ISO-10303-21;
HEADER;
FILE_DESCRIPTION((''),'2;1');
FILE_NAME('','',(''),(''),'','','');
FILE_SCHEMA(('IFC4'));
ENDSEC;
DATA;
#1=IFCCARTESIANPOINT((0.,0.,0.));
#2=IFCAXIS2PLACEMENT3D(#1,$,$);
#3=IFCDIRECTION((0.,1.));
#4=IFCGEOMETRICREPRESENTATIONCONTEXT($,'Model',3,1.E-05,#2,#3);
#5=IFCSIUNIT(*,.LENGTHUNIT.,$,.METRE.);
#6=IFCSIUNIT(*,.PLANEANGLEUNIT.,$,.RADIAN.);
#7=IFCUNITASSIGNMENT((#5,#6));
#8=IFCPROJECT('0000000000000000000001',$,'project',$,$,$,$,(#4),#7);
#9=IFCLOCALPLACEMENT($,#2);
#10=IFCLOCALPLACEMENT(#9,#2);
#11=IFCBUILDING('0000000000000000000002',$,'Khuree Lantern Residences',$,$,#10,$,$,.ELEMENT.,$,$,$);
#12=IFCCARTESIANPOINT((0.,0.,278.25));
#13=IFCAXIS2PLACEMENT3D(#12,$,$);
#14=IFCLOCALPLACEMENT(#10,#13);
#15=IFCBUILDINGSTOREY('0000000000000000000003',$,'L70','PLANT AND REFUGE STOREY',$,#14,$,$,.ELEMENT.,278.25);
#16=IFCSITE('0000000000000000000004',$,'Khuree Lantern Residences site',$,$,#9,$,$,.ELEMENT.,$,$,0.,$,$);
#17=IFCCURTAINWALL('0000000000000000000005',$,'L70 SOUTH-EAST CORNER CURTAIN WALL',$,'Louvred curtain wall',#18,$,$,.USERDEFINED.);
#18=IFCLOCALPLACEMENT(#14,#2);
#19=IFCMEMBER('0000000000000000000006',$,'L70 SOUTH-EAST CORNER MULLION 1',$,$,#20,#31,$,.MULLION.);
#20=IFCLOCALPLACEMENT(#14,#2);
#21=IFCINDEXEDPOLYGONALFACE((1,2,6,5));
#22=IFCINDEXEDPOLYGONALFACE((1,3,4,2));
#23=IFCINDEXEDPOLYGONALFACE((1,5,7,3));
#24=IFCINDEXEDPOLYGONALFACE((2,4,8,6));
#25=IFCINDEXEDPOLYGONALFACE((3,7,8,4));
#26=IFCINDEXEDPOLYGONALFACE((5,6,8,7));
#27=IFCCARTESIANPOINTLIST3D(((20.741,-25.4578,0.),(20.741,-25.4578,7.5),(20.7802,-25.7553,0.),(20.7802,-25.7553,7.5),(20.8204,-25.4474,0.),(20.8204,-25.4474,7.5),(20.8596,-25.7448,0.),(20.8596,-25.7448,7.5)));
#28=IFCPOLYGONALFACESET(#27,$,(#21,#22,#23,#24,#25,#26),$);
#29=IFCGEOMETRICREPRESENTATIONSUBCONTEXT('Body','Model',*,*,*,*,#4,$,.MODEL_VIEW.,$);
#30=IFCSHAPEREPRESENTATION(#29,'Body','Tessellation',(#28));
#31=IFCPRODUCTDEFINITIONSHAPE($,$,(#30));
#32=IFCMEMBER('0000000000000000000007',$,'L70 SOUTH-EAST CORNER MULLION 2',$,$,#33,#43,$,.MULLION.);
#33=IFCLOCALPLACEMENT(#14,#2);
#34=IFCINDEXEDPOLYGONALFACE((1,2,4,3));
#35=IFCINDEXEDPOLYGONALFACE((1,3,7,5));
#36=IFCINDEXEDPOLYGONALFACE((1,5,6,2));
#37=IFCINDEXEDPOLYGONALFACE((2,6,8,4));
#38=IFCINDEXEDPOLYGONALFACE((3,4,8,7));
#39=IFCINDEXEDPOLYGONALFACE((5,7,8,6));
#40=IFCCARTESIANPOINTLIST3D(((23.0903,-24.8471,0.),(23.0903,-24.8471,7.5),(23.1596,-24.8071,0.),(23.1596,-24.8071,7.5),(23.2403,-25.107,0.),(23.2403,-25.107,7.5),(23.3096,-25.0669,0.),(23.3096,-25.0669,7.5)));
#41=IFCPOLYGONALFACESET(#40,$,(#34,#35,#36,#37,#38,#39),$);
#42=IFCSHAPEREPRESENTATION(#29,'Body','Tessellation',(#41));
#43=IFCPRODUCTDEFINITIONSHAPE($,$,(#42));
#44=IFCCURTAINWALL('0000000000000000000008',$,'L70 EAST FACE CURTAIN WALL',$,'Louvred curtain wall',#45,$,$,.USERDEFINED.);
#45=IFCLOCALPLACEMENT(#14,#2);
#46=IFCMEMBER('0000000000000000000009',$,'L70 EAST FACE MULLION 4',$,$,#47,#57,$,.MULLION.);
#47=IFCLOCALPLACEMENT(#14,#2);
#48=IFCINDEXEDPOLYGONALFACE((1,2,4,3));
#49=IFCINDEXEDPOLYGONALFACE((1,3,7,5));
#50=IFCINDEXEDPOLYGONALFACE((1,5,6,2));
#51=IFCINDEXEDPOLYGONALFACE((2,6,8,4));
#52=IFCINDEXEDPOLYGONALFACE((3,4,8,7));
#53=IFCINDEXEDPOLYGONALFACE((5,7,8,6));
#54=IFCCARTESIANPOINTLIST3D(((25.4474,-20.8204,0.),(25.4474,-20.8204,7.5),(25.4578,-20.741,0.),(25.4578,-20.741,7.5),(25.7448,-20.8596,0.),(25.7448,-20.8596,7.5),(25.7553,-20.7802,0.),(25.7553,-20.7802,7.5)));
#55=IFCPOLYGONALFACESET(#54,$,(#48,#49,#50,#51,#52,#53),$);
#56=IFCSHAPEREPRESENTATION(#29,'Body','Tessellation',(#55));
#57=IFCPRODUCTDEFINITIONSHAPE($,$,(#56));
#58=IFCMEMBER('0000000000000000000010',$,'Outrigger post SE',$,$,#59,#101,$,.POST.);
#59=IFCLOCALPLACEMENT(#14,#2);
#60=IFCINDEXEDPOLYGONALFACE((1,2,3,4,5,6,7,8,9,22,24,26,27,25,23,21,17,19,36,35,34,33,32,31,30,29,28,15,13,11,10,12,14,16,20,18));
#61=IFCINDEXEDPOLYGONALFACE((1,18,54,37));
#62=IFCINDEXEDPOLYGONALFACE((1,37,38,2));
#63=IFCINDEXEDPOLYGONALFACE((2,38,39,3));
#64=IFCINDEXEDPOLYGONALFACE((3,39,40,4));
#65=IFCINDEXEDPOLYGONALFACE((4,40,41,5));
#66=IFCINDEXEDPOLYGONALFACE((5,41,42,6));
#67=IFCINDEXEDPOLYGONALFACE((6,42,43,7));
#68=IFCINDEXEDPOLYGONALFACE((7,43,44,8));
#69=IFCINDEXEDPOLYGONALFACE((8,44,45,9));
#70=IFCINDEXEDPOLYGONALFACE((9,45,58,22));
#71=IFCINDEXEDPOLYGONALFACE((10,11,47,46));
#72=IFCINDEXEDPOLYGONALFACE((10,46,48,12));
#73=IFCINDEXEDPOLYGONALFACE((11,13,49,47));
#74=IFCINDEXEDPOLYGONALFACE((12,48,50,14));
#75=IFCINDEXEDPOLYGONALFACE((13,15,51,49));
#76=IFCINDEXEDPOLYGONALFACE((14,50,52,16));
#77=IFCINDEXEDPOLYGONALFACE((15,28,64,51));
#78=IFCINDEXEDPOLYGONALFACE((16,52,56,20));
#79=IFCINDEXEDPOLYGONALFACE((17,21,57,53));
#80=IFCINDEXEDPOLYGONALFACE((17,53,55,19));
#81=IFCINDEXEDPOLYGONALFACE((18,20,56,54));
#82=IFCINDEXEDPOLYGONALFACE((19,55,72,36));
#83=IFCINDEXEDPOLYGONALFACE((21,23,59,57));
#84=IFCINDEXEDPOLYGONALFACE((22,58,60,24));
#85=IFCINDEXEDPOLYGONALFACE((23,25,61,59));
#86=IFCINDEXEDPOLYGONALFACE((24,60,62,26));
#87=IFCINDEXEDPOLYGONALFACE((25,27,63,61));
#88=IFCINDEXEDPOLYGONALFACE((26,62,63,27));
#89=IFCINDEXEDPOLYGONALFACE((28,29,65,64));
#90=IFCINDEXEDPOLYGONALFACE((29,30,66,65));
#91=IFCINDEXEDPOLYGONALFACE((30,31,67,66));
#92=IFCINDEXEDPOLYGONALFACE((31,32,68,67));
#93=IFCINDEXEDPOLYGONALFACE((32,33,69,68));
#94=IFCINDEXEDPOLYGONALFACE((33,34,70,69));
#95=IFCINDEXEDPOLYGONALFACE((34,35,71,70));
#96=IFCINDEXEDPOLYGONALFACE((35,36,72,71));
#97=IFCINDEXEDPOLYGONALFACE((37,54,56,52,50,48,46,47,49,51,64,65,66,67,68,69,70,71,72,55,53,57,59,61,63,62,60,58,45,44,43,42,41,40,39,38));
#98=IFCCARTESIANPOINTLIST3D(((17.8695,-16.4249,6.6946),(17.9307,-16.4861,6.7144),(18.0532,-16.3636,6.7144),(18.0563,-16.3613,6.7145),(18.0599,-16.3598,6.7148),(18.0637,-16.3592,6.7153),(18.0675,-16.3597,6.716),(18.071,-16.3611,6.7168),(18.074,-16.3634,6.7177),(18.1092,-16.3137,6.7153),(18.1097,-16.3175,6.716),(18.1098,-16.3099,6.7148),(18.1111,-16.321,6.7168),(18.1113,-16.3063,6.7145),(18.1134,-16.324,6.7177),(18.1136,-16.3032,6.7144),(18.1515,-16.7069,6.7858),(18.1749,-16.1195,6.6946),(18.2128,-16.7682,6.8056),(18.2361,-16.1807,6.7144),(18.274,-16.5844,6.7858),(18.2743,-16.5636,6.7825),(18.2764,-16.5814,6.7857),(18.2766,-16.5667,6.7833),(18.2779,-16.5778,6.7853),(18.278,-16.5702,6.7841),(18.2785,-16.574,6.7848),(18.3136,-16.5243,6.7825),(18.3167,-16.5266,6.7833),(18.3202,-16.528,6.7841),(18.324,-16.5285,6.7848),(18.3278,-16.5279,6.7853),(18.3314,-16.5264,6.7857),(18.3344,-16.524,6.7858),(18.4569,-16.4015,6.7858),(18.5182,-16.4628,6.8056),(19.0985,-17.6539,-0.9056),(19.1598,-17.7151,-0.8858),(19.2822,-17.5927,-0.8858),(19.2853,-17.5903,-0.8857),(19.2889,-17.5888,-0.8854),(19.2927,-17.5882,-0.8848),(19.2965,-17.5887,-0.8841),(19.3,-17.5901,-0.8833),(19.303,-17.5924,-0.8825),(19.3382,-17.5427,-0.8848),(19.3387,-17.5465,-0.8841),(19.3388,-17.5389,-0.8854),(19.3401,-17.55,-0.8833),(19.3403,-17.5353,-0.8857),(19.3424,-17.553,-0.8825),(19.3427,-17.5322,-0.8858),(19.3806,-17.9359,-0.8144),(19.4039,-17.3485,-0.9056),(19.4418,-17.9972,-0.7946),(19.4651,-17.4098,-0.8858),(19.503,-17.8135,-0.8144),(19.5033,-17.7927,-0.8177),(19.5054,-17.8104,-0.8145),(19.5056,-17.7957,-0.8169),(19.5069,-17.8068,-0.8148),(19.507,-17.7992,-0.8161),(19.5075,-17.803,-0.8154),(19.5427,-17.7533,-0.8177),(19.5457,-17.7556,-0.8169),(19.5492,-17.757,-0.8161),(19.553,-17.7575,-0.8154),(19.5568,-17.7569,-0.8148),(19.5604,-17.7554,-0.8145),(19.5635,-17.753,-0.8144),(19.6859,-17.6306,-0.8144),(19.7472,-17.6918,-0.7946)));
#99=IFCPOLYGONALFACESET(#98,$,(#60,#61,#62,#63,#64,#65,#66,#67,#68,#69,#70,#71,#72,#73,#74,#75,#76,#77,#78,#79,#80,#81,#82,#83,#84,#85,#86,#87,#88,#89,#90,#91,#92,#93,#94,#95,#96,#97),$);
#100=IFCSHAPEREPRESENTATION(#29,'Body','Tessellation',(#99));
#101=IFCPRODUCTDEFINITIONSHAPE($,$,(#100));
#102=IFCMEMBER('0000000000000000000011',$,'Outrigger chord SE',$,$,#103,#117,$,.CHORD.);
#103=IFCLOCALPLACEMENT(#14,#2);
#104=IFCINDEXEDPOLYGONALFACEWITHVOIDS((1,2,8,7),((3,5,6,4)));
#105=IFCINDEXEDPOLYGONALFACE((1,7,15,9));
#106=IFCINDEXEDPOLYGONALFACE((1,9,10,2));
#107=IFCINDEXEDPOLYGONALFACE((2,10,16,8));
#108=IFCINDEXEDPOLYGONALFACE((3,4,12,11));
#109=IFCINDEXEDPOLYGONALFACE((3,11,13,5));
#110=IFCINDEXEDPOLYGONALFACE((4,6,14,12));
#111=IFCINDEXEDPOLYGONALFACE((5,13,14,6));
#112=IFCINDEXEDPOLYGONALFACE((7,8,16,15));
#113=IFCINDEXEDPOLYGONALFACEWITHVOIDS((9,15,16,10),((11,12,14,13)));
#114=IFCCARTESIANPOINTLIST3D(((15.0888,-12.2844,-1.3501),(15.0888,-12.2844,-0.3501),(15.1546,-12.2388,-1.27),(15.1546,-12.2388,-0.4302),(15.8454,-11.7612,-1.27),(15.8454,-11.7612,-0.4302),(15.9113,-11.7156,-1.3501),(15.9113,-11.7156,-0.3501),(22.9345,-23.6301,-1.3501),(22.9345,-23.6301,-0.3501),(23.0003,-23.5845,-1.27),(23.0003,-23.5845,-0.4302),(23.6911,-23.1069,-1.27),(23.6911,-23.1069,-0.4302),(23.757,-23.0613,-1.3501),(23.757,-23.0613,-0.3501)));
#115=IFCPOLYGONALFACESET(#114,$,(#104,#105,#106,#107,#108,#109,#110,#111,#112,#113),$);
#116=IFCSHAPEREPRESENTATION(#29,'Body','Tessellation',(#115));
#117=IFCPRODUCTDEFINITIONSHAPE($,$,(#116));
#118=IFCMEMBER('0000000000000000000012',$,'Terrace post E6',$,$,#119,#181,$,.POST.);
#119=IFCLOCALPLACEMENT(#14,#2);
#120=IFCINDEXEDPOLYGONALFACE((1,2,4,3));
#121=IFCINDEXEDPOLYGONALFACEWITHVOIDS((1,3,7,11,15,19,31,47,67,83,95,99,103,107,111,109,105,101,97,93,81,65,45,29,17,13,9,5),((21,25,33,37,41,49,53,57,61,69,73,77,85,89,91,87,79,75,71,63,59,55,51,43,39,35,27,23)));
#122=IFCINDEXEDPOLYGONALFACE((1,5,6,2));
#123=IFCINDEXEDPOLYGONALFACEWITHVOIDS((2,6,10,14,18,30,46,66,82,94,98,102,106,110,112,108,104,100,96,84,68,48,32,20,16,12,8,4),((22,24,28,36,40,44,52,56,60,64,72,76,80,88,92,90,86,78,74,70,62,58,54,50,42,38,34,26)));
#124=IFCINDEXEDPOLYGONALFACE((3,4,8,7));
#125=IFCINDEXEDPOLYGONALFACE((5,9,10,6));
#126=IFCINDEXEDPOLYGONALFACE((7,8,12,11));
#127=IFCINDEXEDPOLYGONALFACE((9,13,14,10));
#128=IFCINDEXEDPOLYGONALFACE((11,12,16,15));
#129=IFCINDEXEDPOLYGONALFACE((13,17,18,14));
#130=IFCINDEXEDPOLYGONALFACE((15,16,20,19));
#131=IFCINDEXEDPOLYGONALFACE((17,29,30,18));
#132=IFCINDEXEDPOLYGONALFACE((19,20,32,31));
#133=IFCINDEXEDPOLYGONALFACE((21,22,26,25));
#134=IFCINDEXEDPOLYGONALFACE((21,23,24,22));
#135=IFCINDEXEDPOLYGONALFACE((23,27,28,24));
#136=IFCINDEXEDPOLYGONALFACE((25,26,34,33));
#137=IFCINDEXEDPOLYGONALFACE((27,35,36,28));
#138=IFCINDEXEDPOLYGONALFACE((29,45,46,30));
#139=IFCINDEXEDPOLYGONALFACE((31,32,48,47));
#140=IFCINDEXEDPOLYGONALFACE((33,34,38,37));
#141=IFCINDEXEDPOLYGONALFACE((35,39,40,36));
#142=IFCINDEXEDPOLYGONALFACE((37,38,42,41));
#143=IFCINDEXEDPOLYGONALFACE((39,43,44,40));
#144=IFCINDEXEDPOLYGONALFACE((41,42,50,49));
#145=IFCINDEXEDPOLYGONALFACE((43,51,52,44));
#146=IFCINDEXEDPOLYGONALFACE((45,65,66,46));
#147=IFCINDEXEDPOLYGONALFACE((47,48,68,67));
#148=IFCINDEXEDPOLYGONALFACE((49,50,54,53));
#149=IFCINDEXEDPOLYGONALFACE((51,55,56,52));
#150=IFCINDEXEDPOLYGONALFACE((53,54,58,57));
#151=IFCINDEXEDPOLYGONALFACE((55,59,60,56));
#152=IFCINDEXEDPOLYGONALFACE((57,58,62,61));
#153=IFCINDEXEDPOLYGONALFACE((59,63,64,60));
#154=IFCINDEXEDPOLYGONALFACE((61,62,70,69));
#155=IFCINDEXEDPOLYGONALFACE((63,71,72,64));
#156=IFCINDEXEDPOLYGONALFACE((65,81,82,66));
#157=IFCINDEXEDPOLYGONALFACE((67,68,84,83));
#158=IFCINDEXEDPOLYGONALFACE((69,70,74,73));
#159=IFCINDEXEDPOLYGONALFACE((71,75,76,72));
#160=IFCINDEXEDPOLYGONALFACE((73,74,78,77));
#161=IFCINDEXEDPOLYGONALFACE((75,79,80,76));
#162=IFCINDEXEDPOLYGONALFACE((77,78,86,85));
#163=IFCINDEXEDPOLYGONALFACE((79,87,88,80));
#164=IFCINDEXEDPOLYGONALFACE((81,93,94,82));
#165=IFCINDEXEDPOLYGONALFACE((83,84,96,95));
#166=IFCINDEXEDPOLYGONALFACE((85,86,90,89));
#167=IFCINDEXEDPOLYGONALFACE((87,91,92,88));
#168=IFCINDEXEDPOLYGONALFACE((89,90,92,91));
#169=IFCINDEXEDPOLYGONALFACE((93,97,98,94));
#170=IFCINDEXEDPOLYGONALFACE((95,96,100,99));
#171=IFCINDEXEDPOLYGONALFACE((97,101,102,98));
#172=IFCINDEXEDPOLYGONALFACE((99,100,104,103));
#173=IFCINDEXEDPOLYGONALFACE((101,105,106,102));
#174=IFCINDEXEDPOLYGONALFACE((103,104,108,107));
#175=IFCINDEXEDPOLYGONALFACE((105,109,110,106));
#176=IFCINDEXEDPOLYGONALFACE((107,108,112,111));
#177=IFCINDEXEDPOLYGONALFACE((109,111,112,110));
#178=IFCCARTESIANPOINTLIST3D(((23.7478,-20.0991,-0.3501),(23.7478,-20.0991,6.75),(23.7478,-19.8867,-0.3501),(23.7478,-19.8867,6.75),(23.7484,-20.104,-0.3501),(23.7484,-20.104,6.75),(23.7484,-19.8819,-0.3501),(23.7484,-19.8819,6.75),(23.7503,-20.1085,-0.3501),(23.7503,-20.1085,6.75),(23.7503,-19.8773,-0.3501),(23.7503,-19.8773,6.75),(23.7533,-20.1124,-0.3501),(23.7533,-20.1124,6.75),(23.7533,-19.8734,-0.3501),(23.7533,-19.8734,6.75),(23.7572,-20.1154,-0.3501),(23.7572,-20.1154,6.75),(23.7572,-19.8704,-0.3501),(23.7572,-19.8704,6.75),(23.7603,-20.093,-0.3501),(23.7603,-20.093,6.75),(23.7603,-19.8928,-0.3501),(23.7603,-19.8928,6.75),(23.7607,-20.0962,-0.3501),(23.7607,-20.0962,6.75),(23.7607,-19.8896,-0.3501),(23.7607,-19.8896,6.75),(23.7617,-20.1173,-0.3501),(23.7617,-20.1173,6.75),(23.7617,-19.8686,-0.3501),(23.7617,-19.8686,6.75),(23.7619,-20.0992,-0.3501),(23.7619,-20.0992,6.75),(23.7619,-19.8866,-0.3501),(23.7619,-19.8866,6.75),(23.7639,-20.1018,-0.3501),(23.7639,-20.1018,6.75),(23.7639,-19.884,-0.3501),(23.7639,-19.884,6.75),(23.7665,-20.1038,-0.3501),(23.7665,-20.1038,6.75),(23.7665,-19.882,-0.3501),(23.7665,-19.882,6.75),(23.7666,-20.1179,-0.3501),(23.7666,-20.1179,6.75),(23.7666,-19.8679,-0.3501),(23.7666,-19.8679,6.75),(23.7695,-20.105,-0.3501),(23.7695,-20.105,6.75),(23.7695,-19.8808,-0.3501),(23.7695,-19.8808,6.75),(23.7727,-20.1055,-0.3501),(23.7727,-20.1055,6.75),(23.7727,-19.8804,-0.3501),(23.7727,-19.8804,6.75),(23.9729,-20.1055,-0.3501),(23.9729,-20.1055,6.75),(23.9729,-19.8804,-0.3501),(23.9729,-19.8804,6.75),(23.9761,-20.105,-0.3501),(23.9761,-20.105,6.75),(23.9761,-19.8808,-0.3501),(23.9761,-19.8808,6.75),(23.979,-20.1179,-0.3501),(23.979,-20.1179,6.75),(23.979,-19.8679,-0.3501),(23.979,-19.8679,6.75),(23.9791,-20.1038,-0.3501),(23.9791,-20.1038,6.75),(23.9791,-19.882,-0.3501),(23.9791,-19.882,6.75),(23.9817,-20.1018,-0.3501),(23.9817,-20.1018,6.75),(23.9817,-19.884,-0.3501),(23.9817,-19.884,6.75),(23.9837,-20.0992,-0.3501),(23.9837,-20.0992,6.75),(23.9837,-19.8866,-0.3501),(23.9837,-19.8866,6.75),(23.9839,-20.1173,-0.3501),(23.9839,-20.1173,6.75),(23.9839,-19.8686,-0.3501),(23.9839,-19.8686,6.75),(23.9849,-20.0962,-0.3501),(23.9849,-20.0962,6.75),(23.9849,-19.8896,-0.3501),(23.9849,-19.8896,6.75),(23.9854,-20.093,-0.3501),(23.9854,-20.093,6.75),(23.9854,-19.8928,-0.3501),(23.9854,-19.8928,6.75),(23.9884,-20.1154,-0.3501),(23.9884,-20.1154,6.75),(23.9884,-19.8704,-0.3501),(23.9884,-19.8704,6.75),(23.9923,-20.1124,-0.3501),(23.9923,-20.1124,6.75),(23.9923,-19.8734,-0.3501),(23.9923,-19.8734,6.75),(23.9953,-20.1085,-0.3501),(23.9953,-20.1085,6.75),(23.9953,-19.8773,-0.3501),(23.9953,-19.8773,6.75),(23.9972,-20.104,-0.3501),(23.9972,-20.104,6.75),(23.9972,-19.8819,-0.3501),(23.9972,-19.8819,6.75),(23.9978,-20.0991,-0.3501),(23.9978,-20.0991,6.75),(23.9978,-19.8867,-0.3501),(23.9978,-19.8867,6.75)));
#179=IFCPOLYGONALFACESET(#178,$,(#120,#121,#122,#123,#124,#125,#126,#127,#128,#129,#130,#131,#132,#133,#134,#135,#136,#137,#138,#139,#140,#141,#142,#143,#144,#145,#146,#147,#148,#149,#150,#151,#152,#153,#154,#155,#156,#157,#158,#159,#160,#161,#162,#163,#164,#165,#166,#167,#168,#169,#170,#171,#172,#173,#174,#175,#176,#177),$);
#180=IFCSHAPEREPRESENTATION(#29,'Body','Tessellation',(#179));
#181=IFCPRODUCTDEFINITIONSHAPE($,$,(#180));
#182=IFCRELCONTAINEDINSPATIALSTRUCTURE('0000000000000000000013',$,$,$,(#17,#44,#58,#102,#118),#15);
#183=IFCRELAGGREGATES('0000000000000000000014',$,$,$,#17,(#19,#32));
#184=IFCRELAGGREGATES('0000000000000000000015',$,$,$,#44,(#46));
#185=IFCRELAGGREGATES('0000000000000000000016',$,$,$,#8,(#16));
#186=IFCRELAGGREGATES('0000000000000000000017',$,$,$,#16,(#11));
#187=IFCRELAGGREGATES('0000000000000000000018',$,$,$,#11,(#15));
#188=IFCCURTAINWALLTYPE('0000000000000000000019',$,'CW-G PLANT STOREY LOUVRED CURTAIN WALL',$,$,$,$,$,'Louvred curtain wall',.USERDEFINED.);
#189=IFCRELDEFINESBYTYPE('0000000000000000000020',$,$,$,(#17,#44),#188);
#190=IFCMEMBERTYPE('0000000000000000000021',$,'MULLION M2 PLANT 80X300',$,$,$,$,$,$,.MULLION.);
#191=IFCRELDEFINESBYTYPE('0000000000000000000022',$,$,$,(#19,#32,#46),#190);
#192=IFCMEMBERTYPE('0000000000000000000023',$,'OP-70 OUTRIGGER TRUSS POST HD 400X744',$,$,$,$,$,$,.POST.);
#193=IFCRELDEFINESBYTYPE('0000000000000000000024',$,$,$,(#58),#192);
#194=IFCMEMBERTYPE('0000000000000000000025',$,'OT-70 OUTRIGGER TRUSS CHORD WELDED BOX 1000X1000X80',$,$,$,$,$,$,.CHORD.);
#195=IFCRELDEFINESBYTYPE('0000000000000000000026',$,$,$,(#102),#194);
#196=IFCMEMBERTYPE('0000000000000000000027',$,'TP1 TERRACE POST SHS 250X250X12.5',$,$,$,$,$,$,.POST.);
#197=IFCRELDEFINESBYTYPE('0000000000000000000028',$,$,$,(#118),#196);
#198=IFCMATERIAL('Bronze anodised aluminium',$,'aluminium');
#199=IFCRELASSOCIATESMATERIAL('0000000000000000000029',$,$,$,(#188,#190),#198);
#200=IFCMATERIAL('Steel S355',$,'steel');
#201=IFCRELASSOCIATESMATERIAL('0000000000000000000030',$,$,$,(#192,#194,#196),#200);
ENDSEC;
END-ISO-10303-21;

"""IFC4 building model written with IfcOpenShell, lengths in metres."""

from ifc_helpers import new_model, si_unit, direction, frame, origin, origin_2d, place, context, subcontext, project, spatial, rectangle, hollow_rectangle, i_section, extrude, material, material_profile, profile_set, type_object, element, aggregate, save


model = new_model("IFC4")

# Units and contexts
model_context = context("Model", 3, precision=1e-05, world=origin(), true_north=direction((0.0, 1.0)))
body_context = subcontext(model_context, "Body", "Model", "MODEL_VIEW")
ifc_project = project(units=[si_unit("LENGTHUNIT", "METRE"), si_unit("PLANEANGLEUNIT", "RADIAN")], contexts=[model_context])

# Site, building, storey
site_placement = place(None, origin())
site = spatial("IfcSite", under=ifc_project, at=site_placement, Name="Khuree Lantern Residences site", CompositionType="ELEMENT", RefElevation=0.0)
building_placement = place(site_placement, origin())
building = spatial("IfcBuilding", under=site, at=building_placement, Name="Khuree Lantern Residences", CompositionType="ELEMENT")
storey_placement = place(building_placement, frame((0.0, 0.0, 278.25)))
storey = spatial("IfcBuildingStorey", under=building, at=storey_placement, Name="L70", Description="PLANT AND REFUGE STOREY", CompositionType="ELEMENT", Elevation=278.25)

# Shared definitions
ifc_material_1 = material(Name="Steel S355", Category="steel")

# Curtain wall
ifc_material_2 = material(Name="Bronze anodised aluminium", Category="aluminium")
curtain_wall_type = type_object("IfcCurtainWallType", Name="CW-G PLANT STOREY LOUVRED CURTAIN WALL", ElementType="Louvred curtain wall", PredefinedType="USERDEFINED", material=ifc_material_2)
curtain_wall_1_placement = place(storey_placement, origin())
curtain_wall_1 = element("IfcCurtainWall", 1, at=curtain_wall_1_placement, inside=storey, type_object=curtain_wall_type, Name="L70 SOUTH-EAST CORNER CURTAIN WALL", ObjectType="Louvred curtain wall", PredefinedType="USERDEFINED")

# Members
ifc_material_profile_1 = material_profile(ifc_material_2, rectangle(XDim=0.0801, YDim=0.3, at=origin_2d()), Name="M2 80X300")
ifc_profile_set_1 = profile_set([ifc_material_profile_1], Name="Bronze anodised aluminium")
member_type_1 = type_object("IfcMemberType", Name="MULLION M2 PLANT 80X300", PredefinedType="MULLION", material=ifc_profile_set_1)
member_1_placement = place(storey_placement, frame((20.8003, -25.6013, 0.0), z_axis=(0.0, 0.0, 1.0), x_axis=(0.991445, 0.130526, 0.0)))
member_1 = element("IfcMember", 2, at=member_1_placement, type_object=member_type_1, Name="L70 SOUTH-EAST CORNER MULLION 1", PredefinedType="MULLION", context=body_context, shape_type="SweptSolid", body=[
    extrude(rectangle(XDim=0.0801, YDim=0.3, at=origin_2d()), origin(), (0.0, 0.0, 1.0), 7.5),
])
member_2_placement = place(storey_placement, frame((23.2, -24.957, 0.0), z_axis=(0.0, 0.0, 1.0), x_axis=(0.866025, 0.5, 0.0)))
member_2 = element("IfcMember", 3, at=member_2_placement, type_object=member_type_1, Name="L70 SOUTH-EAST CORNER MULLION 2", PredefinedType="MULLION", context=body_context, shape_type="SweptSolid", body=[
    extrude(rectangle(XDim=0.0801, YDim=0.3, at=origin_2d()), origin(), (0.0, 0.0, 1.0), 7.5),
])

# Curtain wall, member
curtain_wall_2_placement = place(storey_placement, origin())
curtain_wall_2 = element("IfcCurtainWall", 4, at=curtain_wall_2_placement, inside=storey, type_object=curtain_wall_type, Name="L70 EAST FACE CURTAIN WALL", ObjectType="Louvred curtain wall", PredefinedType="USERDEFINED")
member_3_placement = place(storey_placement, frame((25.6013, -20.8003, 0.0), z_axis=(0.0, 0.0, 1.0), x_axis=(0.130526, 0.991445, 0.0)))
member_3 = element("IfcMember", 5, at=member_3_placement, type_object=member_type_1, Name="L70 EAST FACE MULLION 4", PredefinedType="MULLION", context=body_context, shape_type="SweptSolid", body=[
    extrude(rectangle(XDim=0.0801, YDim=0.3, at=origin_2d()), origin(), (0.0, 0.0, 1.0), 7.5),
])

# Members
ifc_material_profile_2 = material_profile(ifc_material_1, i_section(OverallWidth=0.4319, OverallDepth=0.498, WebThickness=0.0557, FlangeThickness=0.0889, FilletRadius=0.0149, at=origin_2d()), Name="HD 400X744")
ifc_profile_set_2 = profile_set([ifc_material_profile_2], Name="Steel S355")
member_type_2 = type_object("IfcMemberType", Name="OP-70 OUTRIGGER TRUSS POST HD 400X744", PredefinedType="POST", material=ifc_profile_set_2)
member_4_placement = place(storey_placement, frame((19.4229, -17.6729, -0.8501), z_axis=(-0.157639, 0.157639, 0.974833), x_axis=(-0.707107, -0.707107, 0.0)))
element("IfcMember", 6, at=member_4_placement, inside=storey, type_object=member_type_2, Name="Outrigger post SE", PredefinedType="POST", context=body_context, shape_type="SweptSolid", body=[
    extrude(i_section(OverallWidth=0.4319, OverallDepth=0.498, WebThickness=0.0557, FlangeThickness=0.0889, FilletRadius=0.0149, at=origin_2d()), origin(), (0.0, 0.0, 1.0), 7.7964),
])
ifc_material_profile_3 = material_profile(ifc_material_1, hollow_rectangle(XDim=1.0, YDim=1.0, WallThickness=0.0801, at=origin_2d()), Name="WELDED BOX 1000X1000X80")
ifc_profile_set_3 = profile_set([ifc_material_profile_3], Name="Steel S355")
member_type_3 = type_object("IfcMemberType", Name="OT-70 OUTRIGGER TRUSS CHORD WELDED BOX 1000X1000X80", PredefinedType="CHORD", material=ifc_profile_set_3)
member_5_placement = place(storey_placement, frame((23.3457, -23.3457, -0.8501), z_axis=(-0.568768, 0.822498, 0.0), x_axis=(-0.822498, -0.568768, 0.0)))
element("IfcMember", 7, at=member_5_placement, inside=storey, type_object=member_type_3, Name="Outrigger chord SE", PredefinedType="CHORD", context=body_context, shape_type="SweptSolid", body=[
    extrude(hollow_rectangle(XDim=1.0, YDim=1.0, WallThickness=0.0801, at=origin_2d()), origin(), (0.0, 0.0, 1.0), 13.7942),
])
ifc_material_profile_4 = material_profile(ifc_material_1, hollow_rectangle(XDim=0.25, YDim=0.25, WallThickness=0.0125, InnerFilletRadius=0.0125, OuterFilletRadius=0.0188, at=origin_2d()), Name="SHS 250X250X12.5")
ifc_profile_set_4 = profile_set([ifc_material_profile_4], Name="Steel S355")
member_type_4 = type_object("IfcMemberType", Name="TP1 TERRACE POST SHS 250X250X12.5", PredefinedType="POST", material=ifc_profile_set_4)
for number, where, z_axis, x_axis, name in (
    (8, (23.8728, -19.9929, -0.3501), (0.0, 0.0, 1.0), (1.0, 0.0, 0.0), "Terrace post E6"),
):
    element("IfcMember", number, at=place(storey_placement, frame(where, z_axis=z_axis, x_axis=x_axis)), inside=storey, type_object=member_type_4, Name=name, PredefinedType="POST", context=body_context, shape_type="SweptSolid", body=[
        extrude(hollow_rectangle(XDim=0.25, YDim=0.25, WallThickness=0.0125, InnerFilletRadius=0.0125, OuterFilletRadius=0.0188, at=origin_2d()), origin(), (0.0, 0.0, 1.0), 7.1001),
    ])

aggregate(curtain_wall_1, [member_1, member_2])
aggregate(curtain_wall_2, [member_3])

save(model, "model.ifc")
